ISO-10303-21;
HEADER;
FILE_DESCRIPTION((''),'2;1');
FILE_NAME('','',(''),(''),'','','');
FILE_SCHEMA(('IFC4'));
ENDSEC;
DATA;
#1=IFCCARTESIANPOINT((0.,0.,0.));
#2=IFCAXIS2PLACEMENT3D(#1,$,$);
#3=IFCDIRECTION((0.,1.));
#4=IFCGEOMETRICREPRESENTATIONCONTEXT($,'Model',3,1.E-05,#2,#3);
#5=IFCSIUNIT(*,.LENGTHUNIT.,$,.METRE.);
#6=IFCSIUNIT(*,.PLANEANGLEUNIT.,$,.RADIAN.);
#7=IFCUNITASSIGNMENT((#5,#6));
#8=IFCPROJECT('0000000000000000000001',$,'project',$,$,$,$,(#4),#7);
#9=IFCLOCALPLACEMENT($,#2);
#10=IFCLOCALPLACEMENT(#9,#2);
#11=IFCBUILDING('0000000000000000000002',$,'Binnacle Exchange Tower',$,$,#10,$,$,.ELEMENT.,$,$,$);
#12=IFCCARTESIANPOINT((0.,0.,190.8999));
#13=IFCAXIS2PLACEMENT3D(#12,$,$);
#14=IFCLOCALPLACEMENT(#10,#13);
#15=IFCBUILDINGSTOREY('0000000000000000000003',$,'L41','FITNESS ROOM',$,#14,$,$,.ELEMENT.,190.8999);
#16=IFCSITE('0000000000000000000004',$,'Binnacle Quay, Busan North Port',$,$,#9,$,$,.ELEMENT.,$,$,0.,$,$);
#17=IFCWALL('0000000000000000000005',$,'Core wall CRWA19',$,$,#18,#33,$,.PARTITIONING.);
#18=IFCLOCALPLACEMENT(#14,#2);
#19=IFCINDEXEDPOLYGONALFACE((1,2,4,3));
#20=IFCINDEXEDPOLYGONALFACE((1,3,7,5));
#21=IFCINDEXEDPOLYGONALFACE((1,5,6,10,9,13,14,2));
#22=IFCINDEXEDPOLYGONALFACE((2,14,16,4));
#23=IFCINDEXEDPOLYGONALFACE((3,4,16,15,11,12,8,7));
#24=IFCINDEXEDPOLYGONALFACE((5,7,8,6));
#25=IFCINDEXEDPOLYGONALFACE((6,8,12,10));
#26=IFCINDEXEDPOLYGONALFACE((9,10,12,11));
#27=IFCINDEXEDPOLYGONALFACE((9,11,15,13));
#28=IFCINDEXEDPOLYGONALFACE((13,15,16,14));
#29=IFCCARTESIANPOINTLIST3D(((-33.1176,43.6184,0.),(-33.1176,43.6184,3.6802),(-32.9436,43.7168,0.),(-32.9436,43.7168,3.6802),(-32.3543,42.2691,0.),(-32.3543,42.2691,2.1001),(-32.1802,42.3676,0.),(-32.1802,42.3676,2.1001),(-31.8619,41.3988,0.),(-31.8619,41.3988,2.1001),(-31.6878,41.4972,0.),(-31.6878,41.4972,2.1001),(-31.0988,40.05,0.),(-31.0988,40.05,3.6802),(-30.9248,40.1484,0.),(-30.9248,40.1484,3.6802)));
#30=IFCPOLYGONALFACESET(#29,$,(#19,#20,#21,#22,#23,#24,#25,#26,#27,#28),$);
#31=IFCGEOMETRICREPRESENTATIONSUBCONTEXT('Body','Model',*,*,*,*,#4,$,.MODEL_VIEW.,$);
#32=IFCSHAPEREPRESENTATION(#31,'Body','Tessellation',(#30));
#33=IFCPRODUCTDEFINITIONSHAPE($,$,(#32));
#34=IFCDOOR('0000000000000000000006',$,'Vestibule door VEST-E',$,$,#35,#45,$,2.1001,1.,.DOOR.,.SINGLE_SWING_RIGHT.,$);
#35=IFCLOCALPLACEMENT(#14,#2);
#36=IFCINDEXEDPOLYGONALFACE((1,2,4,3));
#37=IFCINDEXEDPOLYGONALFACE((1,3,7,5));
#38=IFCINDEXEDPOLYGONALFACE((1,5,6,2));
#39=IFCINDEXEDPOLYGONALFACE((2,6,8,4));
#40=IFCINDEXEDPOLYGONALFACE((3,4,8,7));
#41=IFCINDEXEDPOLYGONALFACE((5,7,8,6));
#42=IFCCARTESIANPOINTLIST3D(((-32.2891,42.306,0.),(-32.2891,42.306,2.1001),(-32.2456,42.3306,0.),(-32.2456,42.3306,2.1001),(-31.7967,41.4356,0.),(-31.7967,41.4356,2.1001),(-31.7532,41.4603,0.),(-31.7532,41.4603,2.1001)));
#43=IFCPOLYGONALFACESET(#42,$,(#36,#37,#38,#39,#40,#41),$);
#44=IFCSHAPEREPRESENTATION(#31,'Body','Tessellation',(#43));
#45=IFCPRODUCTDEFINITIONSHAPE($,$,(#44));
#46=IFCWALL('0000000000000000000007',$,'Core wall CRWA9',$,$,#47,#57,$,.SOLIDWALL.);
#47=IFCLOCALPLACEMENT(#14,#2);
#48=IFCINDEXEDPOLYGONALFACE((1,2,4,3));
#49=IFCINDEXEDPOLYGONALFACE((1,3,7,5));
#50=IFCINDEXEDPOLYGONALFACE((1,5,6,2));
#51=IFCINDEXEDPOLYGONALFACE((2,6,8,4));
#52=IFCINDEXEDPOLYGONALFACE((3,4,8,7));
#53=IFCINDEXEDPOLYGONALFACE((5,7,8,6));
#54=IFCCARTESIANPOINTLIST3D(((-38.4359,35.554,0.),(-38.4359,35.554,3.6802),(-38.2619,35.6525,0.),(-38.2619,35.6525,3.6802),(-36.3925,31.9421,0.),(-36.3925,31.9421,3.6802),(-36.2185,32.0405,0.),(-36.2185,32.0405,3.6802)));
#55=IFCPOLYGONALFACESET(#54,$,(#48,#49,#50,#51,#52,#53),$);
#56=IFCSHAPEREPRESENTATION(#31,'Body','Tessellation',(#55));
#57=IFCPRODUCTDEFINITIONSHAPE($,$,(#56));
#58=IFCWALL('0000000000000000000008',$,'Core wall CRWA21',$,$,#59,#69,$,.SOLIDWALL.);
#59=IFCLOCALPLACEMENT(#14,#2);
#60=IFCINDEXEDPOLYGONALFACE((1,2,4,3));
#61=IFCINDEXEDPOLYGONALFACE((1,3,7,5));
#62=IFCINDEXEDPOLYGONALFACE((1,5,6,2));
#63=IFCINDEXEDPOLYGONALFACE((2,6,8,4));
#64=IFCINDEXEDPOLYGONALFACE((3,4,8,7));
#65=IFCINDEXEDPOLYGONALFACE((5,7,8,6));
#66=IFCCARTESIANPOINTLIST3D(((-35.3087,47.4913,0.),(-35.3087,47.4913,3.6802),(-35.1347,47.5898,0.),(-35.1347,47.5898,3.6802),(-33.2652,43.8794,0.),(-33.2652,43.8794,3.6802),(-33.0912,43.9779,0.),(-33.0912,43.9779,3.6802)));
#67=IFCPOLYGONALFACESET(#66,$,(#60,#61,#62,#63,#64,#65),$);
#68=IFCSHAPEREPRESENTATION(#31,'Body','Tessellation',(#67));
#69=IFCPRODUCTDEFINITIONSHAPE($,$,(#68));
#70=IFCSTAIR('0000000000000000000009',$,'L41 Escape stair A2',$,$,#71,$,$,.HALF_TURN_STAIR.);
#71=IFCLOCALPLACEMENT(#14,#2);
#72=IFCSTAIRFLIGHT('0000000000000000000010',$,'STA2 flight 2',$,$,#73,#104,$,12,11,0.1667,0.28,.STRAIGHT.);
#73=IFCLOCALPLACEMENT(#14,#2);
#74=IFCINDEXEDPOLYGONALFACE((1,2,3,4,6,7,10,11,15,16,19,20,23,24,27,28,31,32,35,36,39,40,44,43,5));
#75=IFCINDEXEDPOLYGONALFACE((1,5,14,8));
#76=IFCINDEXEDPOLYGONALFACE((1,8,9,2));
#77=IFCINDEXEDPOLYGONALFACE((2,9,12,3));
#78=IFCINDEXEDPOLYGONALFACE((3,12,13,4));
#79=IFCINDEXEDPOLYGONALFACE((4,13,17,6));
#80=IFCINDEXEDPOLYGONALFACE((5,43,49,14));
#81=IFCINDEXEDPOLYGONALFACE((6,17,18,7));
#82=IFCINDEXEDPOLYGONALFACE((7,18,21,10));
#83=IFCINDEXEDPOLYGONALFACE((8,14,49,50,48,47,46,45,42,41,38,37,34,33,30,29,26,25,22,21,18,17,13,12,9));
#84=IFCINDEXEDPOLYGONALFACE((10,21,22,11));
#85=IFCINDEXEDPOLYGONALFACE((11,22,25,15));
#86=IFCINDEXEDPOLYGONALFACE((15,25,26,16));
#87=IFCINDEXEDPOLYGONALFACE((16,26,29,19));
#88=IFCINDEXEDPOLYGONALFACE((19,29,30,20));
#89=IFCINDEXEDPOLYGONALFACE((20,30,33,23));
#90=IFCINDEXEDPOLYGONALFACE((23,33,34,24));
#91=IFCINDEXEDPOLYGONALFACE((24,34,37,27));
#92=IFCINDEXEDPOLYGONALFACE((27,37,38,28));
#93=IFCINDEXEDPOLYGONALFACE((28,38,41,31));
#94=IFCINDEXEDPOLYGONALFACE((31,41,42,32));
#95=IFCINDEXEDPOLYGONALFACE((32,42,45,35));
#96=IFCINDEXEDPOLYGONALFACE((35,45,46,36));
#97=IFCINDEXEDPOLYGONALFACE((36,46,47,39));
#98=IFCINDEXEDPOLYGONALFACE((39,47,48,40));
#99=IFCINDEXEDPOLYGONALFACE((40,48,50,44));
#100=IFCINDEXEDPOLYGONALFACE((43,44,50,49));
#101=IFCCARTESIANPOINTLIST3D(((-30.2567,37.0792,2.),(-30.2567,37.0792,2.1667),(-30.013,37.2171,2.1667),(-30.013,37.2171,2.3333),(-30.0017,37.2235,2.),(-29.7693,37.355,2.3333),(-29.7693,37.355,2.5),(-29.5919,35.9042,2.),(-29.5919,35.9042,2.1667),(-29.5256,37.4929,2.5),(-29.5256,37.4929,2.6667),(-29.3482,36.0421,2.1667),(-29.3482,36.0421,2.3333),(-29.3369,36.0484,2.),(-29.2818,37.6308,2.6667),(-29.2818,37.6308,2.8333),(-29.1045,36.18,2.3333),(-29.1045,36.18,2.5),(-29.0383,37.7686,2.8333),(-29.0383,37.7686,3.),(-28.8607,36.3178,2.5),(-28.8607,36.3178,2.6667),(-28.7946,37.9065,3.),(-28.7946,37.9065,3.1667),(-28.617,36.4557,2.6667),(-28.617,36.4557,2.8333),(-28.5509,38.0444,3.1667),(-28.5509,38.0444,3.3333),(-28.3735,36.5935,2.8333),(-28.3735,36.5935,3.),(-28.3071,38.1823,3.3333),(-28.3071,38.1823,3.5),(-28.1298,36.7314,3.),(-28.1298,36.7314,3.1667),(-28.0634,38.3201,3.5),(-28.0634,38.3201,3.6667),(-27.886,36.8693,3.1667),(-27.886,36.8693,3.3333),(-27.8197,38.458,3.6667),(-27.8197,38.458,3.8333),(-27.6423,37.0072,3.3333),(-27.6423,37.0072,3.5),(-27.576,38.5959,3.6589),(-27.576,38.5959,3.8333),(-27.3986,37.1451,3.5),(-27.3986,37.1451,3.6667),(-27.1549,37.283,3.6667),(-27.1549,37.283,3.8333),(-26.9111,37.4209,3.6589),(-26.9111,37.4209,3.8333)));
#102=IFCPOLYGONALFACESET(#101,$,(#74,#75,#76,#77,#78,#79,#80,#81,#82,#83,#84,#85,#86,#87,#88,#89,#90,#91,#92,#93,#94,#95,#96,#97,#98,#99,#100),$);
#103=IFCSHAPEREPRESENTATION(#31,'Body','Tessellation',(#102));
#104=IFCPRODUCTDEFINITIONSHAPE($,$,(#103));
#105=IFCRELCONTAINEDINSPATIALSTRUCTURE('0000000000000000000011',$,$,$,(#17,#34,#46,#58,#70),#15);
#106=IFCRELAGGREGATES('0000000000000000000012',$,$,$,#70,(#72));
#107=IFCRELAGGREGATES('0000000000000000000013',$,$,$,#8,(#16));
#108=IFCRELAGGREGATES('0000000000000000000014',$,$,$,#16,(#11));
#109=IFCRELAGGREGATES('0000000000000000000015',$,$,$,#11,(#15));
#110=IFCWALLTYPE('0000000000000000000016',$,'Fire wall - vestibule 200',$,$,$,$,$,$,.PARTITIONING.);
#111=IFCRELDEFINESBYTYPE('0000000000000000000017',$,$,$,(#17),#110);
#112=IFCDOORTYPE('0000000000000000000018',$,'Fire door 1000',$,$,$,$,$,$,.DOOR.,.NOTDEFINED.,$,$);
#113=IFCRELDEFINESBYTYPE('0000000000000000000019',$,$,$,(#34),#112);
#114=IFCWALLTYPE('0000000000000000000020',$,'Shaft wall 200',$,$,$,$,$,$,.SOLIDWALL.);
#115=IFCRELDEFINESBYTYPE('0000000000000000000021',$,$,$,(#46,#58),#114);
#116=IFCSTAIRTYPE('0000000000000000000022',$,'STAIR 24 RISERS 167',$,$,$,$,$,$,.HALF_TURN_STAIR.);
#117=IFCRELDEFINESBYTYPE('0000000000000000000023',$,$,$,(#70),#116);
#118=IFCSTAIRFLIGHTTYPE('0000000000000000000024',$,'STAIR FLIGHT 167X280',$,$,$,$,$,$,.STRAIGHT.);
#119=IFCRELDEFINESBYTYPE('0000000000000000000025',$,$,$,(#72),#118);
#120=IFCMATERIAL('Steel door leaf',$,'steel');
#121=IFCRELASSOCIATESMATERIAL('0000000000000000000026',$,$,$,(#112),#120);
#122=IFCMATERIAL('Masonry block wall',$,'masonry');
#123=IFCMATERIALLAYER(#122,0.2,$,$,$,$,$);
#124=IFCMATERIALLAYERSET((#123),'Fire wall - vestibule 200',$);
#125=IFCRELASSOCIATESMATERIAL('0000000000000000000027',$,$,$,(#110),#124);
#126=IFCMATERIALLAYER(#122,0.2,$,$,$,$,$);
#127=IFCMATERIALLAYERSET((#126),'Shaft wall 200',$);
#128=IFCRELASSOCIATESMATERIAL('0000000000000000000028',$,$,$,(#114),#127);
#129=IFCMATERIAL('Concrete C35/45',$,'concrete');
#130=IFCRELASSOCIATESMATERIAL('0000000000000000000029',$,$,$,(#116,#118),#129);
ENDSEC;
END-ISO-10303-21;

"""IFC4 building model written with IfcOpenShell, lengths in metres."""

from ifc_helpers import new_model, si_unit, direction, frame, frame_2d, origin, place, context, subcontext, project, spatial, polyline, rectangle, outline, extrude, material, layer, layer_set, type_object, element, fill, aggregate, save


model = new_model("IFC4")

# Units and contexts
model_context = context("Model", 3, precision=1e-05, world=origin(), true_north=direction((0.0, 1.0)))
body_context = subcontext(model_context, "Body", "Model", "MODEL_VIEW")
ifc_project = project(units=[si_unit("LENGTHUNIT", "METRE"), si_unit("PLANEANGLEUNIT", "RADIAN")], contexts=[model_context])

# Site, building, storey
site_placement = place(None, origin())
site = spatial("IfcSite", under=ifc_project, at=site_placement, Name="Binnacle Quay, Busan North Port", CompositionType="ELEMENT", RefElevation=0.0)
building_placement = place(site_placement, origin())
building = spatial("IfcBuilding", under=site, at=building_placement, Name="Binnacle Exchange Tower", CompositionType="ELEMENT")
storey_placement = place(building_placement, frame((0.0, 0.0, 190.8999)))
storey = spatial("IfcBuildingStorey", under=building, at=storey_placement, Name="L41", Description="FITNESS ROOM", CompositionType="ELEMENT", Elevation=190.8999)

# Shared definitions
ifc_material_1 = material(Name="Steel door leaf", Category="steel")

# Shared definitions
door_type_1 = type_object("IfcDoorType", Name="Fire door 1000", OperationType="NOTDEFINED", PredefinedType="DOOR", material=ifc_material_1)

# Wall, opening, door
ifc_material_2 = material(Name="Masonry block wall", Category="masonry")
ifc_layer_1 = layer(ifc_material_2, 0.2)
ifc_layer_set_1 = layer_set([ifc_layer_1], Name="Fire wall - vestibule 200")
wall_type_1 = type_object("IfcWallType", Name="Fire wall - vestibule 200", PredefinedType="PARTITIONING", material=ifc_layer_set_1)
wall_1_placement = place(storey_placement, frame((-33.0305, 43.6675, 0.0), z_axis=(0.0, 0.0, 1.0), x_axis=(0.492408, -0.870364, 0.0)))
wall_1 = element("IfcWall", 1, at=wall_1_placement, inside=storey, type_object=wall_type_1, Name="Core wall CRWA19", PredefinedType="PARTITIONING", context=body_context, shape_type="SweptSolid", body=[
    extrude(rectangle(XDim=4.0999, YDim=0.2, at=frame_2d((2.0498, 0.0))), origin(), (0.0, 0.0, 1.0), 3.6802),
])
opening_1_placement = place(wall_1_placement, frame((1.55, 0.0, 0.0)))
opening_1 = element("IfcOpeningElement", 2, at=opening_1_placement, cuts=wall_1, PredefinedType="OPENING", context=body_context, shape_type="SweptSolid", body=[
    extrude(rectangle(XDim=1.0, YDim=2.1001, at=frame_2d((0.5, 1.05))), frame((0.0, 0.1099, 0.0), z_axis=(0.0, -1.0, 0.0), x_axis=(1.0, 0.0, 0.0)), (0.0, 0.0, 1.0), 0.22),
])
door_1_placement = place(opening_1_placement, origin())
door_1 = element("IfcDoor", 3, at=door_1_placement, inside=storey, type_object=door_type_1, Name="Vestibule door VEST-E", OperationType="SINGLE_SWING_RIGHT", OverallHeight=2.1001, OverallWidth=1.0, PredefinedType="DOOR", context=body_context, shape_type="SweptSolid", body=[
    extrude(rectangle(XDim=1.0, YDim=2.1001, at=frame_2d((0.5, 1.05))), frame((0.0, 0.0249, 0.0), z_axis=(0.0, -1.0, 0.0), x_axis=(1.0, 0.0, 0.0)), (0.0, 0.0, 1.0), 0.05),
])
fill(opening_1, door_1)

# Walls
ifc_layer_2 = layer(ifc_material_2, 0.2)
ifc_layer_set_2 = layer_set([ifc_layer_2], Name="Shaft wall 200")
wall_type_2 = type_object("IfcWallType", Name="Shaft wall 200", PredefinedType="SOLIDWALL", material=ifc_layer_set_2)
for number, where, z_axis, x_axis, name in (
    (4, (-38.3489, 35.6033, 0.0), (0.0, 0.0, 1.0), (0.492396, -0.870371, 0.0), "Core wall CRWA9"),
    (5, (-35.2217, 47.5405, 0.0), (0.0, 0.0, 1.0), (0.492422, -0.870357, 0.0), "Core wall CRWA21"),
):
    element("IfcWall", number, at=place(storey_placement, frame(where, z_axis=z_axis, x_axis=x_axis)), inside=storey, type_object=wall_type_2, Name=name, PredefinedType="SOLIDWALL", context=body_context, shape_type="SweptSolid", body=[
        extrude(rectangle(XDim=4.1499, YDim=0.2, at=frame_2d((2.075, 0.0))), origin(), (0.0, 0.0, 1.0), 3.6802),
    ])

# Stair, stair flight
ifc_material_3 = material(Name="Concrete C35/45", Category="concrete")
stair_type = type_object("IfcStairType", Name="STAIR 24 RISERS 167", PredefinedType="HALF_TURN_STAIR", material=ifc_material_3)
stair_placement = place(storey_placement, origin())
stair = element("IfcStair", 6, at=stair_placement, inside=storey, type_object=stair_type, Name="L41 Escape stair A2", PredefinedType="HALF_TURN_STAIR")
stair_flight_type = type_object("IfcStairFlightType", Name="STAIR FLIGHT 167X280", PredefinedType="STRAIGHT", material=ifc_material_3)
stair_flight_placement = place(storey_placement, frame((-29.9243, 36.4917, 2.0), z_axis=(0.0, 0.0, 1.0), x_axis=(0.870356, 0.492424, 0.0)))
stair_flight = element("IfcStairFlight", 7, at=stair_flight_placement, type_object=stair_flight_type, Name="STA2 flight 2", NumberOfRisers=12, NumberOfTreads=11, PredefinedType="STRAIGHT", RiserHeight=0.1667, TreadLength=0.28, context=body_context, shape_type="SweptSolid", body=[
    extrude(outline(polyline([(0.0, 0.0), (0.0, 0.1667), (0.28, 0.1667), (0.28, 0.3333), (0.5601, 0.3333), (0.5601, 0.5), (0.8401, 0.5), (0.8401, 0.6667), (1.1201, 0.6667), (1.1201, 0.8333), (1.3999, 0.8333), (1.3999, 1.0), (1.6799, 1.0), (1.6799, 1.1667), (1.96, 1.1667), (1.96, 1.3333), (2.24, 1.3333), (2.24, 1.5), (2.52, 1.5), (2.52, 1.6667), (2.8, 1.6667), (2.8, 1.8333), (3.0801, 1.8333), (3.0801, 2.0), (3.0801, 1.6589), (0.293, 0.0), (0.0, 0.0)])), frame((0.0, 0.675, 0.0), z_axis=(0.0, -1.0, 0.0), x_axis=(1.0, 0.0, 0.0)), (0.0, 0.0, 1.0), 1.3501),
])
aggregate(stair, [stair_flight])

save(model, "model.ifc")
